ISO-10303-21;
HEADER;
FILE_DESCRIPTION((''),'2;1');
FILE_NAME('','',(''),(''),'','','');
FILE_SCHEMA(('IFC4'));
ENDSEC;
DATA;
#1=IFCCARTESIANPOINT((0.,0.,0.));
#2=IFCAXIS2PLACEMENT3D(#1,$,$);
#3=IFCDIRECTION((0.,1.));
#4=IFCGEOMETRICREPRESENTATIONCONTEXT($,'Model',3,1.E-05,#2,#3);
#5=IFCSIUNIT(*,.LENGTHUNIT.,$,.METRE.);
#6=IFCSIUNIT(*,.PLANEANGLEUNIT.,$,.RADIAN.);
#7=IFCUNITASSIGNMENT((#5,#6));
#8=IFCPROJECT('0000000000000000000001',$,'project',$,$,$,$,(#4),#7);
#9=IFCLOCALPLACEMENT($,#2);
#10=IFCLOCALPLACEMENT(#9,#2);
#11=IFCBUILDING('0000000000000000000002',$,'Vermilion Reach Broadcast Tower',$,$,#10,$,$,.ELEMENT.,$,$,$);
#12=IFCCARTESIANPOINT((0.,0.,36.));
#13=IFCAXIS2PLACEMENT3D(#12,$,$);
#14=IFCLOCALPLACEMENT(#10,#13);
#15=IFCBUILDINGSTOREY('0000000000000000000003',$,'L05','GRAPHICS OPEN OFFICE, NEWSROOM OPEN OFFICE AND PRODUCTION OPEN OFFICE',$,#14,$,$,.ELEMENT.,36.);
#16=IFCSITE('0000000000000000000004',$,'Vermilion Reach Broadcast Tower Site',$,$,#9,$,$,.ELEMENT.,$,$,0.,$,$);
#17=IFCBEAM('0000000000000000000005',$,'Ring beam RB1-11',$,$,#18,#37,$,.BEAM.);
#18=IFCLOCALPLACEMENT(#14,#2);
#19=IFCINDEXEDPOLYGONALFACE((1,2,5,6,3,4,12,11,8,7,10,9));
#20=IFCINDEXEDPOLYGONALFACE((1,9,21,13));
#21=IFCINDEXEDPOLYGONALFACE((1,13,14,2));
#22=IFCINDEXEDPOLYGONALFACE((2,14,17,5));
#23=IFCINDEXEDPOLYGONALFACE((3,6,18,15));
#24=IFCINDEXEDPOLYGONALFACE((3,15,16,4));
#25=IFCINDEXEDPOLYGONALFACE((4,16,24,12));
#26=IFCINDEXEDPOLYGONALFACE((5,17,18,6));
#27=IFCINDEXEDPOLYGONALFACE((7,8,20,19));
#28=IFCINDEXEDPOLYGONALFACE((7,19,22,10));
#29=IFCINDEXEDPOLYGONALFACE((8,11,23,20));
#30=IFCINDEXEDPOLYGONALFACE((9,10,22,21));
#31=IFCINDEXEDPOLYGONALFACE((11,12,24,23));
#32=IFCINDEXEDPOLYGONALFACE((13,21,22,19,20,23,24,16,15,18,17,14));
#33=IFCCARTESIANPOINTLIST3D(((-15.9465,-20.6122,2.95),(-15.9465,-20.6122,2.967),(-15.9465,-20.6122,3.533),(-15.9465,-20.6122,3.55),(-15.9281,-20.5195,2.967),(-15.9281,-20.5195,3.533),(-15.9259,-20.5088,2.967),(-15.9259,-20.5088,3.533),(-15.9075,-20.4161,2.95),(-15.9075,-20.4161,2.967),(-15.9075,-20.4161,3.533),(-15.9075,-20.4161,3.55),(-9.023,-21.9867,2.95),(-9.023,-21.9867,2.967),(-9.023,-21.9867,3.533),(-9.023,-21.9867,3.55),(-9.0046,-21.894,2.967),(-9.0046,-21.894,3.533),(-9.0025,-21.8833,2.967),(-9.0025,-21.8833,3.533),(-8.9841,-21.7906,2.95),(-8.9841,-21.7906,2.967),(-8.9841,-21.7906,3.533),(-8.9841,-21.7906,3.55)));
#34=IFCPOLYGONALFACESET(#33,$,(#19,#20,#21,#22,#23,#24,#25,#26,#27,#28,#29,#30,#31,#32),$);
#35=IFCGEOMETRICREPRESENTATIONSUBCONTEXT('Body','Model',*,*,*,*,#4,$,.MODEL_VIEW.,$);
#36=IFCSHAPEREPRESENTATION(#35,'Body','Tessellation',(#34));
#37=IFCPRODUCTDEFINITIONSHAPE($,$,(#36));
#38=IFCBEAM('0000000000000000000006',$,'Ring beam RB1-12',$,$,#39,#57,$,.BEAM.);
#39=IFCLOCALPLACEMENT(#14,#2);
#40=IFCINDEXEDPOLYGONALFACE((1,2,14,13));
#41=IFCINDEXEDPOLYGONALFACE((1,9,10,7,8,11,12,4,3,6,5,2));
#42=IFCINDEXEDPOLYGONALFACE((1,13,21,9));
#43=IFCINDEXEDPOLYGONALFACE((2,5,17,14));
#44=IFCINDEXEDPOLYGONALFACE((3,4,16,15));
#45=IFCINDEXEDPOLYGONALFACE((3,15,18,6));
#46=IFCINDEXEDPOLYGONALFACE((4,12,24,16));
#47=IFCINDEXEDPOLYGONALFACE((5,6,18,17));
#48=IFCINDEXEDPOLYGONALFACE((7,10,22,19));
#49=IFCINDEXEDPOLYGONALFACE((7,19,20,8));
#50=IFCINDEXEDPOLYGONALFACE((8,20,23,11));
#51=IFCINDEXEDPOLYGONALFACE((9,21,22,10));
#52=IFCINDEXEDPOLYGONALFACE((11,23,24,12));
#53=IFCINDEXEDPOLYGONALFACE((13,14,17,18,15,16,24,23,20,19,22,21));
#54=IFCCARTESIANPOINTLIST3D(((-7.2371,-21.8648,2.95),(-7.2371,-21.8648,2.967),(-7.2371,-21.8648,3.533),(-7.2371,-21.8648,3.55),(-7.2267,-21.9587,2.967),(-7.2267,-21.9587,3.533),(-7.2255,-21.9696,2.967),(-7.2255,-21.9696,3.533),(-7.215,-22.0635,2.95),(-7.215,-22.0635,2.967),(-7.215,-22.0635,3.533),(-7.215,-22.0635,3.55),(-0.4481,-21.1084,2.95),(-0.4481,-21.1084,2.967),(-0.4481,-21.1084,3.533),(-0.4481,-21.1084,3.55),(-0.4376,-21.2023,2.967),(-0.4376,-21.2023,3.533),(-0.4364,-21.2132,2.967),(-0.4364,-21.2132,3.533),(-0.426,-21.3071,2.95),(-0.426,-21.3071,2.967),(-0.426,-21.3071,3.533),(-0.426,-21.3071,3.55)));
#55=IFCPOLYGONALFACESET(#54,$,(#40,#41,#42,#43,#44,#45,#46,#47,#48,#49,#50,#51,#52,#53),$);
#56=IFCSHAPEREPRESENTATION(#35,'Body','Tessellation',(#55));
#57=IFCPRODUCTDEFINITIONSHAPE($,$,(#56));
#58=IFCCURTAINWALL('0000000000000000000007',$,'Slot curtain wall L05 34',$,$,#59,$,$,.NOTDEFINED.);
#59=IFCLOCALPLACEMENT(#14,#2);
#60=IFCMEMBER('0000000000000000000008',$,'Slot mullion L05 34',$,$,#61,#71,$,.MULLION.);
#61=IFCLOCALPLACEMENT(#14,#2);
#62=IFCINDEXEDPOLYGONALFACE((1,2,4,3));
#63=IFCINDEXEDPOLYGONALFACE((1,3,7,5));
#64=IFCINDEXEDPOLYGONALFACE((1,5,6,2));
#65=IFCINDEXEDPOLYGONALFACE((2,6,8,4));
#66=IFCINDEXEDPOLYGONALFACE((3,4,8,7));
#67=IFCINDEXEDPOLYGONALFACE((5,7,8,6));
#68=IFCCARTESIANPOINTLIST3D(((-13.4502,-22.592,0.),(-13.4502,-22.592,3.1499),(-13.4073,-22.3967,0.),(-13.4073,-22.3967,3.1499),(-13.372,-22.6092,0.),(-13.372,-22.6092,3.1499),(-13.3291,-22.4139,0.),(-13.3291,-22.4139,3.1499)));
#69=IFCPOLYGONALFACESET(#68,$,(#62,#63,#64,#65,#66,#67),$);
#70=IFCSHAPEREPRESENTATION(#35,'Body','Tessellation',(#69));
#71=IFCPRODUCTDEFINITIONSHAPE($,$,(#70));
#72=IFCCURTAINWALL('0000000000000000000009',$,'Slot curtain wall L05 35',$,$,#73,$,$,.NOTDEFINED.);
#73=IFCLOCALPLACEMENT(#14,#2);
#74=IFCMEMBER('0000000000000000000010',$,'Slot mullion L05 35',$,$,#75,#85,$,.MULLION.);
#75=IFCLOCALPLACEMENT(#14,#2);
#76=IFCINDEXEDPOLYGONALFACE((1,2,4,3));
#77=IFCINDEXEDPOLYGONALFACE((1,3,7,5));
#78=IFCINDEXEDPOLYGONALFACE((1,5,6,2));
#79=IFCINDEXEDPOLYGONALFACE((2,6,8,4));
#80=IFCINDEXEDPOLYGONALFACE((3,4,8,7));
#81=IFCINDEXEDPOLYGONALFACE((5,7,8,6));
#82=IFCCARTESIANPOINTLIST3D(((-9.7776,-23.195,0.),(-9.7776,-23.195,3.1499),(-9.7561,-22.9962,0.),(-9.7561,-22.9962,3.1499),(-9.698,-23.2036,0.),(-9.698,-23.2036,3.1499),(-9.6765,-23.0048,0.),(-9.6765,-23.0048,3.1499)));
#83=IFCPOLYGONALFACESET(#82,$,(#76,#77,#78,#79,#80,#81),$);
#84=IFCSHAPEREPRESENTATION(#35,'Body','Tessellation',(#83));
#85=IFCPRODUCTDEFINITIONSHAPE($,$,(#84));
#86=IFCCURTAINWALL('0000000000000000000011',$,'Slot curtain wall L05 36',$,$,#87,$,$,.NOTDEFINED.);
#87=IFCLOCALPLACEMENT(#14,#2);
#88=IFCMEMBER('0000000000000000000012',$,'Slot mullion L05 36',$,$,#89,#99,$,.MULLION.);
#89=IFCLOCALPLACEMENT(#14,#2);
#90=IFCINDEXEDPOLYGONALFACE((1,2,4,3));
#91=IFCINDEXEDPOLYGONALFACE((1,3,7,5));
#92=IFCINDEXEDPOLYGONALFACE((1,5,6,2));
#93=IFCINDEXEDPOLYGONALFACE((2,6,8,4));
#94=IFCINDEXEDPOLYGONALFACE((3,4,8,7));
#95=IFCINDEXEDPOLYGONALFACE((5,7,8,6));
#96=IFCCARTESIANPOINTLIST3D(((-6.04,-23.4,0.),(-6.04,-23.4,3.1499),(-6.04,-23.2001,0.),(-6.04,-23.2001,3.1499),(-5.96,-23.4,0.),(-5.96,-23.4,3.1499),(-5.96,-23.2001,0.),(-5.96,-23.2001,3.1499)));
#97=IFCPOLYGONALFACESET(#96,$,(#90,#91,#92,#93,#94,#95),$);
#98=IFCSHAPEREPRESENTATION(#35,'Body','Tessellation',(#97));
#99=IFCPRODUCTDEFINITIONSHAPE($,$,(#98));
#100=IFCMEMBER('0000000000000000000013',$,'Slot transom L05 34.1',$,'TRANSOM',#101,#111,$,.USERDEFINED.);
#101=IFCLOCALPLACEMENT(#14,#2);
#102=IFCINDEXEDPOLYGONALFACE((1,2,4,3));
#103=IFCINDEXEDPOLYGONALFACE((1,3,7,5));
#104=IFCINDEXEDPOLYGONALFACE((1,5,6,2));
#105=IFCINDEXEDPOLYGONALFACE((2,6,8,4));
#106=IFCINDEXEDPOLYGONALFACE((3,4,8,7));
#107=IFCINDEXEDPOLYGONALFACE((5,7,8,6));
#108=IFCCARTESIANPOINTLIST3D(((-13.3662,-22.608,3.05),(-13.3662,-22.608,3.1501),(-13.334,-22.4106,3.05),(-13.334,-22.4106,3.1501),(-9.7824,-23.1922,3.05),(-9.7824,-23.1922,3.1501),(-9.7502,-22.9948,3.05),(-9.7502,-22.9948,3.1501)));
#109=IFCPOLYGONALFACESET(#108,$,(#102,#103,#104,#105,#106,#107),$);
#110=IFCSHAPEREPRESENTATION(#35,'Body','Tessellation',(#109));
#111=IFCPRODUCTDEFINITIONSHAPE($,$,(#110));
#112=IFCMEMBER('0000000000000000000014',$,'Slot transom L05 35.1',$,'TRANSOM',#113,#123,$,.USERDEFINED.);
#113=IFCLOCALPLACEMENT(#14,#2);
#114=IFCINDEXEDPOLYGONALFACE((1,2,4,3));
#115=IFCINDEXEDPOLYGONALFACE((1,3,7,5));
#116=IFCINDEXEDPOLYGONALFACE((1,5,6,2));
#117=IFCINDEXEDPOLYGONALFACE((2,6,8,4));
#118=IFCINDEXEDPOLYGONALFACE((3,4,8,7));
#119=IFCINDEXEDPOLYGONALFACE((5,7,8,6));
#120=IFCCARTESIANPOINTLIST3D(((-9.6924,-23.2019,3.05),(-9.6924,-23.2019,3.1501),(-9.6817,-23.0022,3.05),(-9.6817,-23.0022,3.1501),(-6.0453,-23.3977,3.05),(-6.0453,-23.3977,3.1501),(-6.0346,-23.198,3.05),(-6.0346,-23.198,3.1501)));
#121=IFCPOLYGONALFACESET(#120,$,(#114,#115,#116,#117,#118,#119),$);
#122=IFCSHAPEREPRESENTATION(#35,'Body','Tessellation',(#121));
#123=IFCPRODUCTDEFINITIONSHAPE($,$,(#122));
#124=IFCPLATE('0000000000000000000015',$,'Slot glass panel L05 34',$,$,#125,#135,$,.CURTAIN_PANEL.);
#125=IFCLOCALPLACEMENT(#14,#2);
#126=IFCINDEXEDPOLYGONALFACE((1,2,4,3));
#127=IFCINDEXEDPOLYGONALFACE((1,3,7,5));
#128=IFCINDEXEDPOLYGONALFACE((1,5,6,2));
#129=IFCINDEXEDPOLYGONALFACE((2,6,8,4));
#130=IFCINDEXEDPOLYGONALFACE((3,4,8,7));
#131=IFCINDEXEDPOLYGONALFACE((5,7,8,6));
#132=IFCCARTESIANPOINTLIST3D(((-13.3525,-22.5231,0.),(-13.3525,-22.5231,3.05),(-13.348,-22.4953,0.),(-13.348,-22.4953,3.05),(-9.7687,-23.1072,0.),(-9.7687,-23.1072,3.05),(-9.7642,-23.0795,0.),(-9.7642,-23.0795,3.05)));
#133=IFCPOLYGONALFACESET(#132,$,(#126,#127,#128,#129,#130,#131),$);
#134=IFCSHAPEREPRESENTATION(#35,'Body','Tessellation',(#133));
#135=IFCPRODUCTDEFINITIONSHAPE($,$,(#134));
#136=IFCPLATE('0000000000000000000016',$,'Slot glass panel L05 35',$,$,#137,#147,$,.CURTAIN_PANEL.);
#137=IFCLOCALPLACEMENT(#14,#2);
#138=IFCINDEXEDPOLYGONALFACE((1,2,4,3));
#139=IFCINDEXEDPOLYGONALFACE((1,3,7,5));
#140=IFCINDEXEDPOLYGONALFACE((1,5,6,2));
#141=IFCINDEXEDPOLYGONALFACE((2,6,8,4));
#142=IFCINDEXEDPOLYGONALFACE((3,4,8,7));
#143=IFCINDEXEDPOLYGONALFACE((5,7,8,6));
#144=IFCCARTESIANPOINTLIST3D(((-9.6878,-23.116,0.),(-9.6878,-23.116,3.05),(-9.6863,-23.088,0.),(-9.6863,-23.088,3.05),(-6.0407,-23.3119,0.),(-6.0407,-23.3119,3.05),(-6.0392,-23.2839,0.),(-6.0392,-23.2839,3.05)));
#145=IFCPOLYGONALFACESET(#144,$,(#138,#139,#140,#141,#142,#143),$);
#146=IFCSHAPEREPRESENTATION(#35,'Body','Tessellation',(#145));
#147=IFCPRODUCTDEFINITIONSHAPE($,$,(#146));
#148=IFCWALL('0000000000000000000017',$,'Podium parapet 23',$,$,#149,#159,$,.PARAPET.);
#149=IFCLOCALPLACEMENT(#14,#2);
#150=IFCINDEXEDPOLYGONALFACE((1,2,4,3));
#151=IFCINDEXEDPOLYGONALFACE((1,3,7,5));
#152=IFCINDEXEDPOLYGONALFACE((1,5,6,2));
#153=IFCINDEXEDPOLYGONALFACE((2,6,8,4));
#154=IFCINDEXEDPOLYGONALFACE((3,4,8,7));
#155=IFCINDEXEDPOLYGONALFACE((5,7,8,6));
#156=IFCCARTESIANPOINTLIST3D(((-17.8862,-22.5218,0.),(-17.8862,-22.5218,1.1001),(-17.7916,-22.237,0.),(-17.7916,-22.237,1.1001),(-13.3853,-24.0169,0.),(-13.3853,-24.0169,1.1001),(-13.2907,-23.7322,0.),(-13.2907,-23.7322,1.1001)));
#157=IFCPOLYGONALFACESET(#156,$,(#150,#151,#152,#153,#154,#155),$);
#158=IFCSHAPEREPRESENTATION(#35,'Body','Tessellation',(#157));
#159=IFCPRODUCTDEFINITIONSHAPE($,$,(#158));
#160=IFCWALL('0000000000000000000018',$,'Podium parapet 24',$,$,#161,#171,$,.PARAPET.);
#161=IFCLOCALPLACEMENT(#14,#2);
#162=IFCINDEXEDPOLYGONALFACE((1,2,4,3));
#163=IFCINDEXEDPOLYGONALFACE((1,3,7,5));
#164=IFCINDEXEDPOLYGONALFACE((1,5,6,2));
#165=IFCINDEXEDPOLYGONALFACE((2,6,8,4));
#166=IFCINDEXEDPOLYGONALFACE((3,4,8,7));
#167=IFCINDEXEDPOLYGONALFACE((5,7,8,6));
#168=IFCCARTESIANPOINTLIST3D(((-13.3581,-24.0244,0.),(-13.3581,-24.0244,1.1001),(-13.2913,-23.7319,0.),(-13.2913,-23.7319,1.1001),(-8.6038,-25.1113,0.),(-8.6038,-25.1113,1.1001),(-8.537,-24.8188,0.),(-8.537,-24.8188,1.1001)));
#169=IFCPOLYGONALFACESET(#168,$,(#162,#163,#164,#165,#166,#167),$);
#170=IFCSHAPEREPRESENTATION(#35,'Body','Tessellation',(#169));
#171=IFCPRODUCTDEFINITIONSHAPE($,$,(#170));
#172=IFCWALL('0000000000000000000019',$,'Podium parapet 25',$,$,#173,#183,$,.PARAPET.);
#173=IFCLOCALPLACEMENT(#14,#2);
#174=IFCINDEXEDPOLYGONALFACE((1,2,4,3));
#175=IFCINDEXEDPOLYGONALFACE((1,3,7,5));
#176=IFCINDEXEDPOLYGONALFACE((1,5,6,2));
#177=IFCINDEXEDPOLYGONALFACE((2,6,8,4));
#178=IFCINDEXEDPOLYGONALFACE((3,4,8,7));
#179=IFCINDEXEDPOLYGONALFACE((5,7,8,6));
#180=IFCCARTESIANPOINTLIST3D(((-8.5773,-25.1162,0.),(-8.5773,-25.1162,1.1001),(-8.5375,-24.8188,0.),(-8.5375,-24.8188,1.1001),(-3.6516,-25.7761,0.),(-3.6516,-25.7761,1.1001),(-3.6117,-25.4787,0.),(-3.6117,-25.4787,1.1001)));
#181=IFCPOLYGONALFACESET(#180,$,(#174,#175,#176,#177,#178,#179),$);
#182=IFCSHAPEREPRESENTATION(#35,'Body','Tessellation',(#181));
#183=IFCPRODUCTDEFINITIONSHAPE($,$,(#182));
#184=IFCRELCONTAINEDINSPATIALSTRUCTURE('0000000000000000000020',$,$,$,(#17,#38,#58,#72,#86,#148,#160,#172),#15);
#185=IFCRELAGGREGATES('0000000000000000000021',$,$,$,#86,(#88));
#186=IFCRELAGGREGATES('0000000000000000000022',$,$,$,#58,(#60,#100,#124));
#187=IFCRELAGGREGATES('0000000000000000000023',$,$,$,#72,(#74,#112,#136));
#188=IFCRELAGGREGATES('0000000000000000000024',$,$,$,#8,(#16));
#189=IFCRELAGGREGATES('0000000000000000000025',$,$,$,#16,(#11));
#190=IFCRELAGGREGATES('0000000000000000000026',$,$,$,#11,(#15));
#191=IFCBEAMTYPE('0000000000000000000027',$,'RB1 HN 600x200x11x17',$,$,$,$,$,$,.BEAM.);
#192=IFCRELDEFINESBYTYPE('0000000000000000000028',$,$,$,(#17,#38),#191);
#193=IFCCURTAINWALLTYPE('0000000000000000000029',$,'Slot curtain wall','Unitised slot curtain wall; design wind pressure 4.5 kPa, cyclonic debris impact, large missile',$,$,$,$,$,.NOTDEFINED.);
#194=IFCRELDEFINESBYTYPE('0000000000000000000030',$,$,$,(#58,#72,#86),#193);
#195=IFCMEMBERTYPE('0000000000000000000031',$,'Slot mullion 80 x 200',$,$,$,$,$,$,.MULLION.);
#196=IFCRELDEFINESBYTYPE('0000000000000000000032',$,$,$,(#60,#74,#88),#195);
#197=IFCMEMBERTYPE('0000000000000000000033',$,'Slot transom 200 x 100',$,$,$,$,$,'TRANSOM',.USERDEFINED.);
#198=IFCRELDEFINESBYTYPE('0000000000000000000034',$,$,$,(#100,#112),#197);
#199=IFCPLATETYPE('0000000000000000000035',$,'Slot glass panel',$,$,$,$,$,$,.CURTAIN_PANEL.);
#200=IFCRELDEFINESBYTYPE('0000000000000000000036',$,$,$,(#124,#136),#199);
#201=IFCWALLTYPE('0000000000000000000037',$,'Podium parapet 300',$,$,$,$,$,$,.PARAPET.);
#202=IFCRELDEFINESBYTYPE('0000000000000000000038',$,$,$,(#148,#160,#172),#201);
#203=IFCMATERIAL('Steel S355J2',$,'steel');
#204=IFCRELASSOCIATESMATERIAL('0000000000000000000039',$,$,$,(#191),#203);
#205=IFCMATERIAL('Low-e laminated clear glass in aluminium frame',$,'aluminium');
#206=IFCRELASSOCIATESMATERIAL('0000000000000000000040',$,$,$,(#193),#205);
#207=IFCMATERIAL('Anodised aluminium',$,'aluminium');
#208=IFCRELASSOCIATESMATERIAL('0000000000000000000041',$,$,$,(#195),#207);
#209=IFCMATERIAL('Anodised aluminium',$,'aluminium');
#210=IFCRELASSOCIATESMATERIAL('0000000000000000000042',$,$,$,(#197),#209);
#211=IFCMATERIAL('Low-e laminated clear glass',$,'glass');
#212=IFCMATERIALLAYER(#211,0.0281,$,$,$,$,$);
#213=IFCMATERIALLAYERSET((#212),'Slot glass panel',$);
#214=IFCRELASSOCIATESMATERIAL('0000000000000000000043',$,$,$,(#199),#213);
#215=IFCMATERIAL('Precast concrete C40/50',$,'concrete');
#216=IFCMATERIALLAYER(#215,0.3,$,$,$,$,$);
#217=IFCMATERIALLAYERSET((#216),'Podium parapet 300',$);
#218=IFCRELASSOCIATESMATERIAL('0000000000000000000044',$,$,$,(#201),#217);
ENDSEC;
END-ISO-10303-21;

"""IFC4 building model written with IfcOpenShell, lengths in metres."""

from ifc_helpers import new_model, si_unit, direction, frame, frame_2d, origin, origin_2d, place, context, subcontext, project, spatial, rectangle, i_section, extrude, material, layer, layer_set, material_profile, profile_set, type_object, element, aggregate, save


model = new_model("IFC4")

# Units and contexts
model_context = context("Model", 3, precision=1e-05, world=origin(), true_north=direction((0.0, 1.0)))
body_context = subcontext(model_context, "Body", "Model", "MODEL_VIEW")
ifc_project = project(units=[si_unit("LENGTHUNIT", "METRE"), si_unit("PLANEANGLEUNIT", "RADIAN")], contexts=[model_context])

# Site, building, storey
site_placement = place(None, origin())
site = spatial("IfcSite", under=ifc_project, at=site_placement, Name="Vermilion Reach Broadcast Tower Site", CompositionType="ELEMENT", RefElevation=0.0)
building_placement = place(site_placement, origin())
building = spatial("IfcBuilding", under=site, at=building_placement, Name="Vermilion Reach Broadcast Tower", CompositionType="ELEMENT")
storey_placement = place(building_placement, frame((0.0, 0.0, 36.0)))
storey = spatial("IfcBuildingStorey", under=building, at=storey_placement, Name="L05", Description="GRAPHICS OPEN OFFICE, NEWSROOM OPEN OFFICE AND PRODUCTION OPEN OFFICE", CompositionType="ELEMENT", Elevation=36.0)

# Beams
ifc_material_1 = material(Name="Steel S355J2", Category="steel")
ifc_material_profile_1 = material_profile(ifc_material_1, i_section(OverallWidth=0.2, OverallDepth=0.6001, WebThickness=0.011, FlangeThickness=0.0171, at=origin_2d()), Name="S355J2 HN 600x200x11x17")
ifc_profile_set_1 = profile_set([ifc_material_profile_1], Name="Steel S355J2")
beam_type_1 = type_object("IfcBeamType", Name="RB1 HN 600x200x11x17", PredefinedType="BEAM", material=ifc_profile_set_1)
beam_1_placement = place(storey_placement, frame((-15.927, -20.5142, 3.25), z_axis=(0.980858, -0.194726, 0.0), x_axis=(0.194726, 0.980858, 0.0)))
element("IfcBeam", 1, at=beam_1_placement, inside=storey, type_object=beam_type_1, Name="Ring beam RB1-11", PredefinedType="BEAM", context=body_context, shape_type="SweptSolid", body=[
    extrude(i_section(OverallWidth=0.2, OverallDepth=0.6001, WebThickness=0.011, FlangeThickness=0.0171, at=origin_2d()), origin(), (0.0, 0.0, 1.0), 7.0586),
])
beam_2_placement = place(storey_placement, frame((-7.2261, -21.9641, 3.25), z_axis=(0.993851, 0.110722, 0.0), x_axis=(-0.110722, 0.993851, 0.0)))
element("IfcBeam", 2, at=beam_2_placement, inside=storey, type_object=beam_type_1, Name="Ring beam RB1-12", PredefinedType="BEAM", context=body_context, shape_type="SweptSolid", body=[
    extrude(i_section(OverallWidth=0.2, OverallDepth=0.6001, WebThickness=0.011, FlangeThickness=0.0171, at=origin_2d()), origin(), (0.0, 0.0, 1.0), 6.8311),
])

# Curtain walls, members
ifc_material_2 = material(Name="Low-e laminated clear glass in aluminium frame", Category="aluminium")
curtain_wall_type = type_object("IfcCurtainWallType", Name="Slot curtain wall", Description="Unitised slot curtain wall; design wind pressure 4.5 kPa, cyclonic debris impact, large missile", PredefinedType="NOTDEFINED", material=ifc_material_2)
placement = place(storey_placement, origin())
curtain_wall_1 = element("IfcCurtainWall", 3, at=placement, inside=storey, type_object=curtain_wall_type, Name="Slot curtain wall L05 34", PredefinedType="NOTDEFINED")
ifc_material_3 = material(Name="Anodised aluminium", Category="aluminium")
ifc_material_profile_2 = material_profile(ifc_material_3, rectangle(XDim=0.2, YDim=0.0801, at=origin_2d()), Name="Slot mullion 80 x 200")
ifc_profile_set_2 = profile_set([ifc_material_profile_2], Name="Anodised aluminium")
member_type_1 = type_object("IfcMemberType", Name="Slot mullion 80 x 200", PredefinedType="MULLION", material=ifc_profile_set_2)
member_1_placement = place(storey_placement, frame((-13.3896, -22.5029, 0.0), z_axis=(0.0, 0.0, 1.0), x_axis=(0.214752, 0.976669, 0.0)))
member_1 = element("IfcMember", 4, at=member_1_placement, type_object=member_type_1, Name="Slot mullion L05 34", PredefinedType="MULLION", context=body_context, shape_type="SweptSolid", body=[
    extrude(rectangle(XDim=0.2, YDim=0.0801, at=origin_2d()), origin(), (0.0, 0.0, 1.0), 3.1499),
])
curtain_wall_2 = element("IfcCurtainWall", 5, at=placement, inside=storey, type_object=curtain_wall_type, Name="Slot curtain wall L05 35", PredefinedType="NOTDEFINED")
member_2_placement = place(storey_placement, frame((-9.7271, -23.0999, 0.0), z_axis=(0.0, 0.0, 1.0), x_axis=(0.107408, 0.994215, 0.0)))
member_2 = element("IfcMember", 6, at=member_2_placement, type_object=member_type_1, Name="Slot mullion L05 35", PredefinedType="MULLION", context=body_context, shape_type="SweptSolid", body=[
    extrude(rectangle(XDim=0.2, YDim=0.0801, at=origin_2d()), origin(), (0.0, 0.0, 1.0), 3.1499),
])
curtain_wall_3 = element("IfcCurtainWall", 7, at=placement, inside=storey, type_object=curtain_wall_type, Name="Slot curtain wall L05 36", PredefinedType="NOTDEFINED")
member_3_placement = place(storey_placement, frame((-6.0, -23.3, 0.0), z_axis=(0.0, 0.0, 1.0), x_axis=(0.0, 1.0, 0.0)))
member_3 = element("IfcMember", 8, at=member_3_placement, type_object=member_type_1, Name="Slot mullion L05 36", PredefinedType="MULLION", context=body_context, shape_type="SweptSolid", body=[
    extrude(rectangle(XDim=0.2, YDim=0.0801, at=origin_2d()), origin(), (0.0, 0.0, 1.0), 3.1499),
])
aggregate(curtain_wall_3, [member_3])

# Members
ifc_material_4 = material(Name="Anodised aluminium", Category="aluminium")
ifc_material_profile_3 = material_profile(ifc_material_4, rectangle(XDim=0.2, YDim=0.1001, at=origin_2d()), Name="Slot transom 200 x 100")
ifc_profile_set_3 = profile_set([ifc_material_profile_3], Name="Anodised aluminium")
member_type_2 = type_object("IfcMemberType", Name="Slot transom 200 x 100", ElementType="TRANSOM", PredefinedType="USERDEFINED", material=ifc_profile_set_3)
member_4_placement = place(storey_placement, frame((-13.3501, -22.5093, 3.1001), z_axis=(0.986971, -0.160898, 0.0), x_axis=(0.160898, 0.986971, 0.0)))
member_4 = element("IfcMember", 9, at=member_4_placement, type_object=member_type_2, Name="Slot transom L05 34.1", ObjectType="TRANSOM", PredefinedType="USERDEFINED", context=body_context, shape_type="SweptSolid", body=[
    extrude(rectangle(XDim=0.2, YDim=0.1001, at=origin_2d()), origin(), (0.0, 0.0, 1.0), 3.6311),
])
member_5_placement = place(storey_placement, frame((-9.687, -23.1021, 3.1001), z_axis=(0.998562, -0.053611, 0.0), x_axis=(0.053611, 0.998562, 0.0)))
member_5 = element("IfcMember", 10, at=member_5_placement, type_object=member_type_2, Name="Slot transom L05 35.1", ObjectType="TRANSOM", PredefinedType="USERDEFINED", context=body_context, shape_type="SweptSolid", body=[
    extrude(rectangle(XDim=0.2, YDim=0.1001, at=origin_2d()), origin(), (0.0, 0.0, 1.0), 3.6523),
])

# Plates
ifc_material_5 = material(Name="Low-e laminated clear glass", Category="glass")
ifc_layer_1 = layer(ifc_material_5, 0.0281)
ifc_layer_set_1 = layer_set([ifc_layer_1], Name="Slot glass panel")
plate_type = type_object("IfcPlateType", Name="Slot glass panel", PredefinedType="CURTAIN_PANEL", material=ifc_layer_set_1)
plate_1_placement = place(storey_placement, frame((-11.5583, -22.8013, 0.0), z_axis=(0.0, 0.0, 1.0), x_axis=(0.986975, -0.160872, 0.0)))
plate_1 = element("IfcPlate", 11, at=plate_1_placement, type_object=plate_type, Name="Slot glass panel L05 34", PredefinedType="CURTAIN_PANEL", context=body_context, shape_type="SweptSolid", body=[
    extrude(rectangle(XDim=3.6311, YDim=0.0281, at=origin_2d()), origin(), (0.0, 0.0, 1.0), 3.05),
])
aggregate(curtain_wall_1, [member_1, member_4, plate_1])
plate_2_placement = place(storey_placement, frame((-7.8635, -23.2, 0.0), z_axis=(0.0, 0.0, 1.0), x_axis=(0.998561, -0.053631, 0.0)))
plate_2 = element("IfcPlate", 12, at=plate_2_placement, type_object=plate_type, Name="Slot glass panel L05 35", PredefinedType="CURTAIN_PANEL", context=body_context, shape_type="SweptSolid", body=[
    extrude(rectangle(XDim=3.6523, YDim=0.0281, at=origin_2d()), origin(), (0.0, 0.0, 1.0), 3.05),
])
aggregate(curtain_wall_2, [member_2, member_5, plate_2])

# Walls
ifc_material_6 = material(Name="Precast concrete C40/50", Category="concrete")
ifc_layer_2 = layer(ifc_material_6, 0.3)
ifc_layer_set_2 = layer_set([ifc_layer_2], Name="Podium parapet 300")
wall_type_1 = type_object("IfcWallType", Name="Podium parapet 300", PredefinedType="PARAPET", material=ifc_layer_set_2)
wall_1_placement = place(storey_placement, frame((-17.8389, -22.3794, 0.0), z_axis=(0.0, 0.0, 1.0), x_axis=(0.949007, -0.315255, 0.0)))
element("IfcWall", 13, at=wall_1_placement, inside=storey, type_object=wall_type_1, Name="Podium parapet 23", PredefinedType="PARAPET", context=body_context, shape_type="SweptSolid", body=[
    extrude(rectangle(XDim=4.7427, YDim=0.3, at=frame_2d((2.3713, 0.0))), origin(), (0.0, 0.0, 1.0), 1.1001),
])
wall_2_placement = place(storey_placement, frame((-13.3247, -23.8782, 0.0), z_axis=(0.0, 0.0, 1.0), x_axis=(0.97485, -0.222863, 0.0)))
element("IfcWall", 14, at=wall_2_placement, inside=storey, type_object=wall_type_1, Name="Podium parapet 24", PredefinedType="PARAPET", context=body_context, shape_type="SweptSolid", body=[
    extrude(rectangle(XDim=4.877, YDim=0.3, at=frame_2d((2.4385, 0.0))), origin(), (0.0, 0.0, 1.0), 1.1001),
])
wall_3_placement = place(storey_placement, frame((-8.5574, -24.9675, 0.0), z_axis=(0.0, 0.0, 1.0), x_axis=(0.991145, -0.132785, 0.0)))
element("IfcWall", 15, at=wall_3_placement, inside=storey, type_object=wall_type_1, Name="Podium parapet 25", PredefinedType="PARAPET", context=body_context, shape_type="SweptSolid", body=[
    extrude(rectangle(XDim=4.9697, YDim=0.3, at=frame_2d((2.4849, 0.0))), origin(), (0.0, 0.0, 1.0), 1.1001),
])

save(model, "model.ifc")
